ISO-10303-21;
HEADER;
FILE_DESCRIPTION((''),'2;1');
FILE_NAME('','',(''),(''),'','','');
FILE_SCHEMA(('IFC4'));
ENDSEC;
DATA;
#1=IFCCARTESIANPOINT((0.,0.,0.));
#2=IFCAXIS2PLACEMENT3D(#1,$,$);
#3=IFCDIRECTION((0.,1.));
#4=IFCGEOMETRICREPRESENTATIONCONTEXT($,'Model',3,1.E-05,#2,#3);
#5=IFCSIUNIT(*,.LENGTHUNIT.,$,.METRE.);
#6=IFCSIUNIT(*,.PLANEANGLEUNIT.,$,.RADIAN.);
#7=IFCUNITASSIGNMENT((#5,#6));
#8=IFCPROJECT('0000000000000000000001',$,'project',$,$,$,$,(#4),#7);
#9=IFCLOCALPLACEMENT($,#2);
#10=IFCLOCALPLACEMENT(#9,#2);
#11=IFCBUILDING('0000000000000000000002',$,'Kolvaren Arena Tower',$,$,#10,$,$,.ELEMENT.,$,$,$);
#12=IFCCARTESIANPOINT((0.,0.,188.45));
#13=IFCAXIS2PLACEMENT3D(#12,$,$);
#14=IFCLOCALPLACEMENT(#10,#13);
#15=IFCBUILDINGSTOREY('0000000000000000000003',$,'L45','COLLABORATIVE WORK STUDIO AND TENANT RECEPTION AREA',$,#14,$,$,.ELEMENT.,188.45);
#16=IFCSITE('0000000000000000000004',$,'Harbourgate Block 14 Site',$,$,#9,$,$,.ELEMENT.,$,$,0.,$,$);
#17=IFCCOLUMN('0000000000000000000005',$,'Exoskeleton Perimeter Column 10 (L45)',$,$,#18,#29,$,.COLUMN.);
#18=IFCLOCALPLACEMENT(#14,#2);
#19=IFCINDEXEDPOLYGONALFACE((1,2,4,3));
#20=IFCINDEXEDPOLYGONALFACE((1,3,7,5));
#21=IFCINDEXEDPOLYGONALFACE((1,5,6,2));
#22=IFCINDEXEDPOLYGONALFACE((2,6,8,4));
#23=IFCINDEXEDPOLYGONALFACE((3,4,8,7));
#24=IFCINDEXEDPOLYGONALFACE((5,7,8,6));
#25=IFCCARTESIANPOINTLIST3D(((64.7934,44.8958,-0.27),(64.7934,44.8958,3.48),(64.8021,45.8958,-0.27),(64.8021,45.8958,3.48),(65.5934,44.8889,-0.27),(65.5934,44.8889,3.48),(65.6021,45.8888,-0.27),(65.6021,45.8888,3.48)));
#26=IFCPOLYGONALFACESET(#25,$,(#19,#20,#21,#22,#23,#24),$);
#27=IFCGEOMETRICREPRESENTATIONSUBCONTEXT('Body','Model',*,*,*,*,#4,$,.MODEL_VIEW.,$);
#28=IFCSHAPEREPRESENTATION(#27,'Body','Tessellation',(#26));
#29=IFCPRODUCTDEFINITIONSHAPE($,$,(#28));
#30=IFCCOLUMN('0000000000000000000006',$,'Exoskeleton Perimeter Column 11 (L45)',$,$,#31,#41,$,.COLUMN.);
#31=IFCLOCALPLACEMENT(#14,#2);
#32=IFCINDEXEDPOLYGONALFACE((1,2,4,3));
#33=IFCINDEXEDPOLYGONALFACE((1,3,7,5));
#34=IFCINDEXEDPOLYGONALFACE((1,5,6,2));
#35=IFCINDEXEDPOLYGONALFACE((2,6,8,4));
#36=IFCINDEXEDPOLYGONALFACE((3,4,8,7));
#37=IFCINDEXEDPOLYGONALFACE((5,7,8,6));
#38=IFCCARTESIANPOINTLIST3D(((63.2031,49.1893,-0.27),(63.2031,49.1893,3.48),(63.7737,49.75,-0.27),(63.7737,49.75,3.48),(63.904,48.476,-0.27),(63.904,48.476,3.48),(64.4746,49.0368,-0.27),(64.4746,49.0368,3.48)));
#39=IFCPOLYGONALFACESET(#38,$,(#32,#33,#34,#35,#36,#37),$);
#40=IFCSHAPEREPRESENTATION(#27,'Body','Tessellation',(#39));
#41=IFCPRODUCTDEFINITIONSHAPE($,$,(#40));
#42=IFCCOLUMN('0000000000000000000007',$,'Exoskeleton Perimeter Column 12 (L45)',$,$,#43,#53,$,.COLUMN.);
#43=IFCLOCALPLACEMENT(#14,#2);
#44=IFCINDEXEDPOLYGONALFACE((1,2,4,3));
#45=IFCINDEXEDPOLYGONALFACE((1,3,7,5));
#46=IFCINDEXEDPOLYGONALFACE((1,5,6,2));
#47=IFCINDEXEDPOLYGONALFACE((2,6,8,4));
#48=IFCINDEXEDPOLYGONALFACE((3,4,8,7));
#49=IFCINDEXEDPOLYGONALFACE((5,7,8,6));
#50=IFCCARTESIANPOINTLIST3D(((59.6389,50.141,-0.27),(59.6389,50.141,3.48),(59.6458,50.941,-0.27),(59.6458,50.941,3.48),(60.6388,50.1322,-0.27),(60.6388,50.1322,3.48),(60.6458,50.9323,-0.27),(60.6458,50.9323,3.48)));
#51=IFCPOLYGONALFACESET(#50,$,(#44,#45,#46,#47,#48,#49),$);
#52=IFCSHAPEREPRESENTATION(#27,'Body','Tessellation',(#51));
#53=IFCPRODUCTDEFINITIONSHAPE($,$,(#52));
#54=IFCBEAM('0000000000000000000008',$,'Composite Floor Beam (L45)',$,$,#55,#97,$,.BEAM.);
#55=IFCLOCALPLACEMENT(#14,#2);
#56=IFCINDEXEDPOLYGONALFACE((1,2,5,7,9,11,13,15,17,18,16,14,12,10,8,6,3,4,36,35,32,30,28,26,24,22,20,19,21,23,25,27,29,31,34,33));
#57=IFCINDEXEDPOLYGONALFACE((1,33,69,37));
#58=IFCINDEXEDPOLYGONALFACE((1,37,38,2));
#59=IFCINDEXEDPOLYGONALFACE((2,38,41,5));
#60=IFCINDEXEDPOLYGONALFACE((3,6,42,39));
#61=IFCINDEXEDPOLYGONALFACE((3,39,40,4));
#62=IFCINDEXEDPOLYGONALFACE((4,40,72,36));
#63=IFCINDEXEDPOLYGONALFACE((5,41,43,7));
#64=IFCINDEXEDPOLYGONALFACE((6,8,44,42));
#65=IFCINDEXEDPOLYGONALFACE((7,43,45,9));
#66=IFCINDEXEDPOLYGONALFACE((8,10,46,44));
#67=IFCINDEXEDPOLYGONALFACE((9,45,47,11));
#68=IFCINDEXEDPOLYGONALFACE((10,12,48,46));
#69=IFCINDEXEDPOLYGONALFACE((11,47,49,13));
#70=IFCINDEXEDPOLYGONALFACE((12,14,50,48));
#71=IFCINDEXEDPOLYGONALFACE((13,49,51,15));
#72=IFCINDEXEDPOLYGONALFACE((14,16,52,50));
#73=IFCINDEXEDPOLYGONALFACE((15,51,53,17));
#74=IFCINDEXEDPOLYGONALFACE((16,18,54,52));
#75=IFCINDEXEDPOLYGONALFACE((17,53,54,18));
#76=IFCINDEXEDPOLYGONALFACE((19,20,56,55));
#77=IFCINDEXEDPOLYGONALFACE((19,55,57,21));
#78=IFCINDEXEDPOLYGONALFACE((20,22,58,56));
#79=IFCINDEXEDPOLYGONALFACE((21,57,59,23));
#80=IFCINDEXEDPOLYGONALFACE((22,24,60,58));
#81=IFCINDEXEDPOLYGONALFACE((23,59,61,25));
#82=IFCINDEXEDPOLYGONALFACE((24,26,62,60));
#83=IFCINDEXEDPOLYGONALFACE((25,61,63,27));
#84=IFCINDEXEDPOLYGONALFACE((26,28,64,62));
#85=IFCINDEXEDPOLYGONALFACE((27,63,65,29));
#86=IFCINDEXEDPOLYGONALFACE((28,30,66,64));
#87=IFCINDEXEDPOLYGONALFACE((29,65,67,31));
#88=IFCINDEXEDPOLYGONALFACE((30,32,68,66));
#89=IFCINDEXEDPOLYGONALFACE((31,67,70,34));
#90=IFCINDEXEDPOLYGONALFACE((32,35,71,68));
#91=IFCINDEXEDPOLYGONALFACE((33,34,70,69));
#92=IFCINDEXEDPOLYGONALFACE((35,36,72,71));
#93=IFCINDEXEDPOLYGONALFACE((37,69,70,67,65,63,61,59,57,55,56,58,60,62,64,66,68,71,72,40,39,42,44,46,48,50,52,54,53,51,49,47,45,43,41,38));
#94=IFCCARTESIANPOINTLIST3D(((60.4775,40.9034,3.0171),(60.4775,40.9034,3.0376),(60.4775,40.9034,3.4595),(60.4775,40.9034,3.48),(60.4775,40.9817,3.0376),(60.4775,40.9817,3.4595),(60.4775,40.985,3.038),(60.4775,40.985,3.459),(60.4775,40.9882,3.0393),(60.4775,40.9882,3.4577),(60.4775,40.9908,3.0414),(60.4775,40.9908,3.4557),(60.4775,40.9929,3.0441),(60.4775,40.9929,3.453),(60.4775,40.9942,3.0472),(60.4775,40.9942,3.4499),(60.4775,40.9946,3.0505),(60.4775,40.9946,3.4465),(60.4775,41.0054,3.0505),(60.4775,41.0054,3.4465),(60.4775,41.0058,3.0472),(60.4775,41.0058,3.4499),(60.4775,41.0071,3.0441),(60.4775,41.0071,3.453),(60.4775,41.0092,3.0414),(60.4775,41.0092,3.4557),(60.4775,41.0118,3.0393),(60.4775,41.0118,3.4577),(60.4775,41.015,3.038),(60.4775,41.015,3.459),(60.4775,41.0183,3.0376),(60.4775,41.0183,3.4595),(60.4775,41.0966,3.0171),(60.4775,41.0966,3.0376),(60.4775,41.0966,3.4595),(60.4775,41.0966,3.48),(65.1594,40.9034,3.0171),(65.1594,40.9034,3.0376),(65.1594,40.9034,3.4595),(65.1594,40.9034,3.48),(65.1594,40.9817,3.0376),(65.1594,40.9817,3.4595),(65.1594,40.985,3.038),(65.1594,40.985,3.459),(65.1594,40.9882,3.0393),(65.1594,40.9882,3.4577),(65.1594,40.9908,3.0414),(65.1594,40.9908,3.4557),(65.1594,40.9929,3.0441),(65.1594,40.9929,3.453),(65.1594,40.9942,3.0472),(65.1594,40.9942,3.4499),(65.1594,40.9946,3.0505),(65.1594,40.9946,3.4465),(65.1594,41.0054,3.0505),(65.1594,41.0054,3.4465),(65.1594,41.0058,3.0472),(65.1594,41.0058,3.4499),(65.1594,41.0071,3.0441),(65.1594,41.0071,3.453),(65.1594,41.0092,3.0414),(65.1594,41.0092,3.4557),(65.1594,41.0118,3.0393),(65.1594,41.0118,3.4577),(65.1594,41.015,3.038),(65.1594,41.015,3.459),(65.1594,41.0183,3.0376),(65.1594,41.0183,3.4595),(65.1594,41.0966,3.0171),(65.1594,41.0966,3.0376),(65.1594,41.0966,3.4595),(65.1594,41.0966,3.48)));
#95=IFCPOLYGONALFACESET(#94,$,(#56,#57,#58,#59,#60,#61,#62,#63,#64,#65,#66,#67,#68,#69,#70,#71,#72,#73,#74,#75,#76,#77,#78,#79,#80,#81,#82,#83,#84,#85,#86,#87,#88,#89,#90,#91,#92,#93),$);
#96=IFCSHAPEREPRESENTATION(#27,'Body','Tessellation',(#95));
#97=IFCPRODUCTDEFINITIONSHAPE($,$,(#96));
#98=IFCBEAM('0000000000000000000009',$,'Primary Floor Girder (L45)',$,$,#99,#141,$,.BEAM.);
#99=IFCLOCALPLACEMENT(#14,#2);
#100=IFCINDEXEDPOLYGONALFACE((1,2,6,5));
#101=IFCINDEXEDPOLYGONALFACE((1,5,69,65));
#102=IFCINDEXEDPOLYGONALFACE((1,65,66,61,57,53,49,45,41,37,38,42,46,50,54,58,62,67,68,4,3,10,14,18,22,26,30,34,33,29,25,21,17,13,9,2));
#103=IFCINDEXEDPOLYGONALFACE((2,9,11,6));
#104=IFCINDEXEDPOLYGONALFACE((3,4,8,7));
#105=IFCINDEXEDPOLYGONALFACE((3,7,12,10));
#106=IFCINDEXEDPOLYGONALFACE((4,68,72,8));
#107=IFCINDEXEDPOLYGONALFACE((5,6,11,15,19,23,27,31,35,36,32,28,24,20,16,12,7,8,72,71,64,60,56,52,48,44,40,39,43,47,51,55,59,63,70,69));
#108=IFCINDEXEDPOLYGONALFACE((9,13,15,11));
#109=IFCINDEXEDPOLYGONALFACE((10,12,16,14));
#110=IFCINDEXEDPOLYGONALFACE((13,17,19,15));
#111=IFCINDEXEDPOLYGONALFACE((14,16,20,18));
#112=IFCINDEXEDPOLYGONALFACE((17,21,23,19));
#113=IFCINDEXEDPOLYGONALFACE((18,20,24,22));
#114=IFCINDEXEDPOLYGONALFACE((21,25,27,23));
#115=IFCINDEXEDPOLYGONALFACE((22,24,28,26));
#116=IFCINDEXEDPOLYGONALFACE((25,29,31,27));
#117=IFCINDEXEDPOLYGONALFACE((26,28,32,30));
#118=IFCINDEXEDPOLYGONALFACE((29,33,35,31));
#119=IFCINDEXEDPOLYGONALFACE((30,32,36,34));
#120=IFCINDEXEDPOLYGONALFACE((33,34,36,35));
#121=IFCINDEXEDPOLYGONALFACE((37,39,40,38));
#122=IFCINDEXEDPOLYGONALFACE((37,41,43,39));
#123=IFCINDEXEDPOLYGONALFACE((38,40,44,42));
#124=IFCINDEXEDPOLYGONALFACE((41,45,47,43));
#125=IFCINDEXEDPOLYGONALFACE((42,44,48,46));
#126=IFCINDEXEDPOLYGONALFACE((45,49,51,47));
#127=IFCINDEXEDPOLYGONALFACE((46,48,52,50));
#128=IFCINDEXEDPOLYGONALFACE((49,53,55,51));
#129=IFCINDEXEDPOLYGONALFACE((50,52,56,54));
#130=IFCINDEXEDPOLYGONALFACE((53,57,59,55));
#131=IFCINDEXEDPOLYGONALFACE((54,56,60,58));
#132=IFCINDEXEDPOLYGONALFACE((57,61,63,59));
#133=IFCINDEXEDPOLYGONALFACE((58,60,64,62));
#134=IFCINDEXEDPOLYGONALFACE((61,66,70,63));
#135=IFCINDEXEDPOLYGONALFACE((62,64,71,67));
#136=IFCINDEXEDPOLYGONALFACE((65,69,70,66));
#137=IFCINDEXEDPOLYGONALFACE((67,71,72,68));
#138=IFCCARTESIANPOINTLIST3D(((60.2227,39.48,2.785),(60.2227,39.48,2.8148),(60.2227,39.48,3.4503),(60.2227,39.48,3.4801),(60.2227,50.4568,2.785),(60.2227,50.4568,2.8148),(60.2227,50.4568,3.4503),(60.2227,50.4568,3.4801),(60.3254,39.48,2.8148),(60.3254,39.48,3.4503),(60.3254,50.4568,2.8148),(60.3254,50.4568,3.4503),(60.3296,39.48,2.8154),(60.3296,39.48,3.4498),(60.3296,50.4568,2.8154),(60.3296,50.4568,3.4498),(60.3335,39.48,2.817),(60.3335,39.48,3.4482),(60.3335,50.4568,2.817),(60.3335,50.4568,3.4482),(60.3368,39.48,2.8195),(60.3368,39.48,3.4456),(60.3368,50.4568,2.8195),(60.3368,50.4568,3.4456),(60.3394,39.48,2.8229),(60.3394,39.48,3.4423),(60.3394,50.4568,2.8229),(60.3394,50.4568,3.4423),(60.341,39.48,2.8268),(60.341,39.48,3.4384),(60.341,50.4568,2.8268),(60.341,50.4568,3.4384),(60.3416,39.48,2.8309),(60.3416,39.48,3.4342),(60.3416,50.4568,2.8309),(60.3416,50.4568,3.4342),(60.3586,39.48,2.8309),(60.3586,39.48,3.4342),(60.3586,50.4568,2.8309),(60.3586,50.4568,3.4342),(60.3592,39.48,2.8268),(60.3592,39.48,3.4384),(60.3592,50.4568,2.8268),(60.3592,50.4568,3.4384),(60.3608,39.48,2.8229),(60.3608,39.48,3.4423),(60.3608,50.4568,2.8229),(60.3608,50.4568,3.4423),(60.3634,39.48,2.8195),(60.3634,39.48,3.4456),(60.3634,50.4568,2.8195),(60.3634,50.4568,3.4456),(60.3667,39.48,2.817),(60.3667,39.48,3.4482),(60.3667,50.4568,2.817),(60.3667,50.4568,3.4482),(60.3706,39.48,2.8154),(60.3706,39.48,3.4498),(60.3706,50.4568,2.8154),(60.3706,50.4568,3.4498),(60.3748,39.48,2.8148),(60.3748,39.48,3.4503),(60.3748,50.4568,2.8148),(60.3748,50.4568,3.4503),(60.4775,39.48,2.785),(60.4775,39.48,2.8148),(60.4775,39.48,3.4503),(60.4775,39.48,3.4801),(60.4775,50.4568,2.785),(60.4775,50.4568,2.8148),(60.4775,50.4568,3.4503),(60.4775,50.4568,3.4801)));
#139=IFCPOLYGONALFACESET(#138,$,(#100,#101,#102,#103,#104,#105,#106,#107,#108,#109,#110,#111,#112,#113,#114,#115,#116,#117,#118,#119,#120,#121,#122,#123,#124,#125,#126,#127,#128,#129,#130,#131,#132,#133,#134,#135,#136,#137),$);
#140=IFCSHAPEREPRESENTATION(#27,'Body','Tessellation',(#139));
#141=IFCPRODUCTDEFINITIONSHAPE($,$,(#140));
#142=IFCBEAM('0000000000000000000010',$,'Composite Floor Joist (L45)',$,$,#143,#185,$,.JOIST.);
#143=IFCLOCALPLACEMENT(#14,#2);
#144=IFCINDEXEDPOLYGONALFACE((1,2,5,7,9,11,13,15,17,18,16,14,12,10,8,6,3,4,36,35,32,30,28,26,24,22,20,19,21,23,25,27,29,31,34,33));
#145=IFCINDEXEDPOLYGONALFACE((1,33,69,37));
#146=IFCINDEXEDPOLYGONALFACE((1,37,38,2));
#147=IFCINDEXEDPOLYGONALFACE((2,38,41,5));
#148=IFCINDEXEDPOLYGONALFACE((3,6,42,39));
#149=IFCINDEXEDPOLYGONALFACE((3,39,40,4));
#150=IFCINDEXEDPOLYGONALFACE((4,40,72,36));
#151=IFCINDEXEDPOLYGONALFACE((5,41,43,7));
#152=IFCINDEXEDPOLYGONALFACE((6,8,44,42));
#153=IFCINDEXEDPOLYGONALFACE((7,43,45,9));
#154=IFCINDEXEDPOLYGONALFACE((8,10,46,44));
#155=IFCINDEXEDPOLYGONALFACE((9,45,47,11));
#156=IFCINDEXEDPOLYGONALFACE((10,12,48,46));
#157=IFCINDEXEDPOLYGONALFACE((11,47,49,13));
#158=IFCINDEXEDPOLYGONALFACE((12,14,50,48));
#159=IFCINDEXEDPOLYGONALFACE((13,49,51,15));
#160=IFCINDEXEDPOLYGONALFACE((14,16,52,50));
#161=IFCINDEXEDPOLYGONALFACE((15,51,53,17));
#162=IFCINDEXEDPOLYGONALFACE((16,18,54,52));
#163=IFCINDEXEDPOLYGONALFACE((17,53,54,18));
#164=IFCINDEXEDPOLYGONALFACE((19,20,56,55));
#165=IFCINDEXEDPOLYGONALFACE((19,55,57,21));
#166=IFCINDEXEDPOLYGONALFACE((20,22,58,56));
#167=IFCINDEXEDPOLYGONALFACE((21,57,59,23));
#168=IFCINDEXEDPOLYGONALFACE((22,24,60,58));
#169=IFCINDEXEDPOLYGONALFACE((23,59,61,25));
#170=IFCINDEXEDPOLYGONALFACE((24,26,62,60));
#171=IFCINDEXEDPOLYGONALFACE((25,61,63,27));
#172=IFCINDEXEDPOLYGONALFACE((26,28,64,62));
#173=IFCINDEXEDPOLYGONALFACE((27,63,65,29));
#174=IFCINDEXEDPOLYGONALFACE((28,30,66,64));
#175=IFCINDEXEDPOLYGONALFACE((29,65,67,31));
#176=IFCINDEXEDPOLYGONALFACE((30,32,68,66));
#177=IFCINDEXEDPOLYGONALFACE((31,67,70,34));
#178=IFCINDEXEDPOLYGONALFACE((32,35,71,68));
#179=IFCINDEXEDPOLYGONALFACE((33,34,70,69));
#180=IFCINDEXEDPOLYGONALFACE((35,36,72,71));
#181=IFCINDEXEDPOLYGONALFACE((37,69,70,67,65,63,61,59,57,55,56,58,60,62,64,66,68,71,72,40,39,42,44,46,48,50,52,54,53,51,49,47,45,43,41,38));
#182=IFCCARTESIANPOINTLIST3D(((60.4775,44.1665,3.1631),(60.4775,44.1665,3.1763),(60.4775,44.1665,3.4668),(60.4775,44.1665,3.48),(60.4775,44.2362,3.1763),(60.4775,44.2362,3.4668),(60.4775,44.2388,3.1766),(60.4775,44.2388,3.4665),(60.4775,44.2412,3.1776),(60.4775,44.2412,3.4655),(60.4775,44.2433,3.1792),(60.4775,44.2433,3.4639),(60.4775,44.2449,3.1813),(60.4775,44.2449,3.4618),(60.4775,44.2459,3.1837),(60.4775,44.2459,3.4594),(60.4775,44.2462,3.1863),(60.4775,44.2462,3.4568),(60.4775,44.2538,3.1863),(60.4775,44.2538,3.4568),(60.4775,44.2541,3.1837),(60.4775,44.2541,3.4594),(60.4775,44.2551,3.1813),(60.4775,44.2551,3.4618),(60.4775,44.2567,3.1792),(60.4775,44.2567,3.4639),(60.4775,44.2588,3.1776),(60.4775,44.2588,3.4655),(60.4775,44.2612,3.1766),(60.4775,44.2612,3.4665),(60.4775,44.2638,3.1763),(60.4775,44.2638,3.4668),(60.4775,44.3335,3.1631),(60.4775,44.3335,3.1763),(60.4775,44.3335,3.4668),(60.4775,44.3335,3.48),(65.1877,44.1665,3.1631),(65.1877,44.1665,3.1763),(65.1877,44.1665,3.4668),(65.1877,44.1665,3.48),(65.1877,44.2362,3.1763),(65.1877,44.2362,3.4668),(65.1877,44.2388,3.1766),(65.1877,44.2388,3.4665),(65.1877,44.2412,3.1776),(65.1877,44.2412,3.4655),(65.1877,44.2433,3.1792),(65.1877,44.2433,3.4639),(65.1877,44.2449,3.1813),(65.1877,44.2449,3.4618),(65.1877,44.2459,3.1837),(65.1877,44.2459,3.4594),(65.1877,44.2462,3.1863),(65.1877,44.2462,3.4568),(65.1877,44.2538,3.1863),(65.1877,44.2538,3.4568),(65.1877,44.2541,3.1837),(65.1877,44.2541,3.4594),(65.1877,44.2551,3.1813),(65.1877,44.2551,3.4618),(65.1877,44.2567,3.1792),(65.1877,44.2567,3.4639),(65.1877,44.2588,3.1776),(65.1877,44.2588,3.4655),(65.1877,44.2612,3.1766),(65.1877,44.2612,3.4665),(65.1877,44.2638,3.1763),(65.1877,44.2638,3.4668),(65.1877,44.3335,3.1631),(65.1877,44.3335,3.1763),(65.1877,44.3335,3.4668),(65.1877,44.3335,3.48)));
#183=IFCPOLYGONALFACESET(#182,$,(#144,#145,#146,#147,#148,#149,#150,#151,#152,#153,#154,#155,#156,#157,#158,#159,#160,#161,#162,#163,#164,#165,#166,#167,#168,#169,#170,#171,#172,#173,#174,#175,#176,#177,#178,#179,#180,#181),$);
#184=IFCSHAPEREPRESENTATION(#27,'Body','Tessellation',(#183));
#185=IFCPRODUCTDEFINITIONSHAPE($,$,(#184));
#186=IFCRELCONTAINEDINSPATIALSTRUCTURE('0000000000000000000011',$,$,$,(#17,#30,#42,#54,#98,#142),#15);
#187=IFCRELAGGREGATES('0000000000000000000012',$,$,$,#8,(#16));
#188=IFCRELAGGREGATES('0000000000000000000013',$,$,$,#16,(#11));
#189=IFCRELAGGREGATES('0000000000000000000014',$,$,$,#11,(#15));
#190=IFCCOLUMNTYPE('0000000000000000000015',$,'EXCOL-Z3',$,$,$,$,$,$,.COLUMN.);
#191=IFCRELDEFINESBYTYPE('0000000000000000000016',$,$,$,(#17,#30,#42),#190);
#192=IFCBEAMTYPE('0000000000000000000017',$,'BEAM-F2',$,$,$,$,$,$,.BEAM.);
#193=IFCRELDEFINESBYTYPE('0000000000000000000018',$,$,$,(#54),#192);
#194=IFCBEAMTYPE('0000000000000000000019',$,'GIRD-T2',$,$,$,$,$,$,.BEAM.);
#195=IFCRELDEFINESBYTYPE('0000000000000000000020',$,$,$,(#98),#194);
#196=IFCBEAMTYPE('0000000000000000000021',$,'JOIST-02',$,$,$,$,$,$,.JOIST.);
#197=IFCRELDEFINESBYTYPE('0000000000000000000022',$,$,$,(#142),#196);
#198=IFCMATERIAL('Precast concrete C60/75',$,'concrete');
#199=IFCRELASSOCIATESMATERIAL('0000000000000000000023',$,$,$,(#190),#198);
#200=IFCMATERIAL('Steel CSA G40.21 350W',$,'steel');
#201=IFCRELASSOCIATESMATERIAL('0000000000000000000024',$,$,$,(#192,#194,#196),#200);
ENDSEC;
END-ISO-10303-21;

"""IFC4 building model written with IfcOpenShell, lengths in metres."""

from ifc_helpers import new_model, si_unit, direction, frame, origin, origin_2d, place, context, subcontext, project, spatial, rectangle, i_section, extrude, material, material_profile, profile_set, type_object, element, save


model = new_model("IFC4")

# Units and contexts
model_context = context("Model", 3, precision=1e-05, world=origin(), true_north=direction((0.0, 1.0)))
body_context = subcontext(model_context, "Body", "Model", "MODEL_VIEW")
ifc_project = project(units=[si_unit("LENGTHUNIT", "METRE"), si_unit("PLANEANGLEUNIT", "RADIAN")], contexts=[model_context])

# Site, building, storey
site_placement = place(None, origin())
site = spatial("IfcSite", under=ifc_project, at=site_placement, Name="Harbourgate Block 14 Site", CompositionType="ELEMENT", RefElevation=0.0)
building_placement = place(site_placement, origin())
building = spatial("IfcBuilding", under=site, at=building_placement, Name="Kolvaren Arena Tower", CompositionType="ELEMENT")
storey_placement = place(building_placement, frame((0.0, 0.0, 188.45)))
storey = spatial("IfcBuildingStorey", under=building, at=storey_placement, Name="L45", Description="COLLABORATIVE WORK STUDIO AND TENANT RECEPTION AREA", CompositionType="ELEMENT", Elevation=188.45)

# Columns
ifc_material_1 = material(Name="Precast concrete C60/75", Category="concrete")
ifc_material_profile_1 = material_profile(ifc_material_1, rectangle(XDim=1.0, YDim=0.8, at=origin_2d()), Name="RC-1000x800")
ifc_profile_set_1 = profile_set([ifc_material_profile_1], Name="Precast concrete C60/75")
column_type = type_object("IfcColumnType", Name="EXCOL-Z3", PredefinedType="COLUMN", material=ifc_profile_set_1)
for number, where, z_axis, x_axis, name in (
    (1, (65.1978, 45.3923, -0.27), (0.0, 0.0, 1.0), (0.008727, 0.999962, 0.0), "Exoskeleton Perimeter Column 10 (L45)"),
    (2, (63.8389, 49.113, -0.27), (0.0, 0.0, 1.0), (-0.700909, 0.71325, 0.0), "Exoskeleton Perimeter Column 11 (L45)"),
    (3, (60.1423, 50.5366, -0.27), (0.0, 0.0, 1.0), (0.999962, -0.008727, 0.0), "Exoskeleton Perimeter Column 12 (L45)"),
):
    element("IfcColumn", number, at=place(storey_placement, frame(where, z_axis=z_axis, x_axis=x_axis)), inside=storey, type_object=column_type, Name=name, PredefinedType="COLUMN", context=body_context, shape_type="SweptSolid", body=[
        extrude(rectangle(XDim=1.0, YDim=0.8, at=origin_2d()), origin(), (0.0, 0.0, 1.0), 3.75),
    ])

# Beams
ifc_material_2 = material(Name="Steel CSA G40.21 350W", Category="steel")
ifc_material_profile_2 = material_profile(ifc_material_2, i_section(OverallWidth=0.1931, OverallDepth=0.4629, WebThickness=0.0107, FlangeThickness=0.0205, FilletRadius=0.0129, at=origin_2d()), Name="W460x113")
ifc_profile_set_2 = profile_set([ifc_material_profile_2], Name="Steel CSA G40.21 350W")
beam_type_1 = type_object("IfcBeamType", Name="BEAM-F2", PredefinedType="BEAM", material=ifc_profile_set_2)
beam_1_placement = place(storey_placement, frame((60.4775, 41.0, 3.2485), z_axis=(1.0, 0.0, 0.0), x_axis=(0.0, 1.0, 0.0)))
element("IfcBeam", 4, at=beam_1_placement, inside=storey, type_object=beam_type_1, Name="Composite Floor Beam (L45)", PredefinedType="BEAM", context=body_context, shape_type="SweptSolid", body=[
    extrude(i_section(OverallWidth=0.1931, OverallDepth=0.4629, WebThickness=0.0107, FlangeThickness=0.0205, FilletRadius=0.0129, at=origin_2d()), origin(), (0.0, 0.0, 1.0), 4.6819),
])
ifc_material_profile_3 = material_profile(ifc_material_2, i_section(OverallWidth=0.2549, OverallDepth=0.6951, WebThickness=0.0171, FlangeThickness=0.0298, FilletRadius=0.0161, at=origin_2d()), Name="W690x217")
ifc_profile_set_3 = profile_set([ifc_material_profile_3], Name="Steel CSA G40.21 350W")
beam_type_2 = type_object("IfcBeamType", Name="GIRD-T2", PredefinedType="BEAM", material=ifc_profile_set_3)
beam_2_placement = place(storey_placement, frame((60.3501, 39.48, 3.1326), z_axis=(0.0, 1.0, 0.0), x_axis=(-1.0, 0.0, 0.0)))
element("IfcBeam", 5, at=beam_2_placement, inside=storey, type_object=beam_type_2, Name="Primary Floor Girder (L45)", PredefinedType="BEAM", context=body_context, shape_type="SweptSolid", body=[
    extrude(i_section(OverallWidth=0.2549, OverallDepth=0.6951, WebThickness=0.0171, FlangeThickness=0.0298, FilletRadius=0.0161, at=origin_2d()), origin(), (0.0, 0.0, 1.0), 10.9768),
])
ifc_material_profile_4 = material_profile(ifc_material_2, i_section(OverallWidth=0.167, OverallDepth=0.3169, WebThickness=0.0076, FlangeThickness=0.0132, FilletRadius=0.01, at=origin_2d()), Name="W310x52")
ifc_profile_set_4 = profile_set([ifc_material_profile_4], Name="Steel CSA G40.21 350W")
beam_type_3 = type_object("IfcBeamType", Name="JOIST-02", PredefinedType="JOIST", material=ifc_profile_set_4)
beam_3_placement = place(storey_placement, frame((60.4775, 44.25, 3.3215), z_axis=(1.0, 0.0, 0.0), x_axis=(0.0, 1.0, 0.0)))
element("IfcBeam", 6, at=beam_3_placement, inside=storey, type_object=beam_type_3, Name="Composite Floor Joist (L45)", PredefinedType="JOIST", context=body_context, shape_type="SweptSolid", body=[
    extrude(i_section(OverallWidth=0.167, OverallDepth=0.3169, WebThickness=0.0076, FlangeThickness=0.0132, FilletRadius=0.01, at=origin_2d()), origin(), (0.0, 0.0, 1.0), 4.7102),
])

save(model, "model.ifc")
